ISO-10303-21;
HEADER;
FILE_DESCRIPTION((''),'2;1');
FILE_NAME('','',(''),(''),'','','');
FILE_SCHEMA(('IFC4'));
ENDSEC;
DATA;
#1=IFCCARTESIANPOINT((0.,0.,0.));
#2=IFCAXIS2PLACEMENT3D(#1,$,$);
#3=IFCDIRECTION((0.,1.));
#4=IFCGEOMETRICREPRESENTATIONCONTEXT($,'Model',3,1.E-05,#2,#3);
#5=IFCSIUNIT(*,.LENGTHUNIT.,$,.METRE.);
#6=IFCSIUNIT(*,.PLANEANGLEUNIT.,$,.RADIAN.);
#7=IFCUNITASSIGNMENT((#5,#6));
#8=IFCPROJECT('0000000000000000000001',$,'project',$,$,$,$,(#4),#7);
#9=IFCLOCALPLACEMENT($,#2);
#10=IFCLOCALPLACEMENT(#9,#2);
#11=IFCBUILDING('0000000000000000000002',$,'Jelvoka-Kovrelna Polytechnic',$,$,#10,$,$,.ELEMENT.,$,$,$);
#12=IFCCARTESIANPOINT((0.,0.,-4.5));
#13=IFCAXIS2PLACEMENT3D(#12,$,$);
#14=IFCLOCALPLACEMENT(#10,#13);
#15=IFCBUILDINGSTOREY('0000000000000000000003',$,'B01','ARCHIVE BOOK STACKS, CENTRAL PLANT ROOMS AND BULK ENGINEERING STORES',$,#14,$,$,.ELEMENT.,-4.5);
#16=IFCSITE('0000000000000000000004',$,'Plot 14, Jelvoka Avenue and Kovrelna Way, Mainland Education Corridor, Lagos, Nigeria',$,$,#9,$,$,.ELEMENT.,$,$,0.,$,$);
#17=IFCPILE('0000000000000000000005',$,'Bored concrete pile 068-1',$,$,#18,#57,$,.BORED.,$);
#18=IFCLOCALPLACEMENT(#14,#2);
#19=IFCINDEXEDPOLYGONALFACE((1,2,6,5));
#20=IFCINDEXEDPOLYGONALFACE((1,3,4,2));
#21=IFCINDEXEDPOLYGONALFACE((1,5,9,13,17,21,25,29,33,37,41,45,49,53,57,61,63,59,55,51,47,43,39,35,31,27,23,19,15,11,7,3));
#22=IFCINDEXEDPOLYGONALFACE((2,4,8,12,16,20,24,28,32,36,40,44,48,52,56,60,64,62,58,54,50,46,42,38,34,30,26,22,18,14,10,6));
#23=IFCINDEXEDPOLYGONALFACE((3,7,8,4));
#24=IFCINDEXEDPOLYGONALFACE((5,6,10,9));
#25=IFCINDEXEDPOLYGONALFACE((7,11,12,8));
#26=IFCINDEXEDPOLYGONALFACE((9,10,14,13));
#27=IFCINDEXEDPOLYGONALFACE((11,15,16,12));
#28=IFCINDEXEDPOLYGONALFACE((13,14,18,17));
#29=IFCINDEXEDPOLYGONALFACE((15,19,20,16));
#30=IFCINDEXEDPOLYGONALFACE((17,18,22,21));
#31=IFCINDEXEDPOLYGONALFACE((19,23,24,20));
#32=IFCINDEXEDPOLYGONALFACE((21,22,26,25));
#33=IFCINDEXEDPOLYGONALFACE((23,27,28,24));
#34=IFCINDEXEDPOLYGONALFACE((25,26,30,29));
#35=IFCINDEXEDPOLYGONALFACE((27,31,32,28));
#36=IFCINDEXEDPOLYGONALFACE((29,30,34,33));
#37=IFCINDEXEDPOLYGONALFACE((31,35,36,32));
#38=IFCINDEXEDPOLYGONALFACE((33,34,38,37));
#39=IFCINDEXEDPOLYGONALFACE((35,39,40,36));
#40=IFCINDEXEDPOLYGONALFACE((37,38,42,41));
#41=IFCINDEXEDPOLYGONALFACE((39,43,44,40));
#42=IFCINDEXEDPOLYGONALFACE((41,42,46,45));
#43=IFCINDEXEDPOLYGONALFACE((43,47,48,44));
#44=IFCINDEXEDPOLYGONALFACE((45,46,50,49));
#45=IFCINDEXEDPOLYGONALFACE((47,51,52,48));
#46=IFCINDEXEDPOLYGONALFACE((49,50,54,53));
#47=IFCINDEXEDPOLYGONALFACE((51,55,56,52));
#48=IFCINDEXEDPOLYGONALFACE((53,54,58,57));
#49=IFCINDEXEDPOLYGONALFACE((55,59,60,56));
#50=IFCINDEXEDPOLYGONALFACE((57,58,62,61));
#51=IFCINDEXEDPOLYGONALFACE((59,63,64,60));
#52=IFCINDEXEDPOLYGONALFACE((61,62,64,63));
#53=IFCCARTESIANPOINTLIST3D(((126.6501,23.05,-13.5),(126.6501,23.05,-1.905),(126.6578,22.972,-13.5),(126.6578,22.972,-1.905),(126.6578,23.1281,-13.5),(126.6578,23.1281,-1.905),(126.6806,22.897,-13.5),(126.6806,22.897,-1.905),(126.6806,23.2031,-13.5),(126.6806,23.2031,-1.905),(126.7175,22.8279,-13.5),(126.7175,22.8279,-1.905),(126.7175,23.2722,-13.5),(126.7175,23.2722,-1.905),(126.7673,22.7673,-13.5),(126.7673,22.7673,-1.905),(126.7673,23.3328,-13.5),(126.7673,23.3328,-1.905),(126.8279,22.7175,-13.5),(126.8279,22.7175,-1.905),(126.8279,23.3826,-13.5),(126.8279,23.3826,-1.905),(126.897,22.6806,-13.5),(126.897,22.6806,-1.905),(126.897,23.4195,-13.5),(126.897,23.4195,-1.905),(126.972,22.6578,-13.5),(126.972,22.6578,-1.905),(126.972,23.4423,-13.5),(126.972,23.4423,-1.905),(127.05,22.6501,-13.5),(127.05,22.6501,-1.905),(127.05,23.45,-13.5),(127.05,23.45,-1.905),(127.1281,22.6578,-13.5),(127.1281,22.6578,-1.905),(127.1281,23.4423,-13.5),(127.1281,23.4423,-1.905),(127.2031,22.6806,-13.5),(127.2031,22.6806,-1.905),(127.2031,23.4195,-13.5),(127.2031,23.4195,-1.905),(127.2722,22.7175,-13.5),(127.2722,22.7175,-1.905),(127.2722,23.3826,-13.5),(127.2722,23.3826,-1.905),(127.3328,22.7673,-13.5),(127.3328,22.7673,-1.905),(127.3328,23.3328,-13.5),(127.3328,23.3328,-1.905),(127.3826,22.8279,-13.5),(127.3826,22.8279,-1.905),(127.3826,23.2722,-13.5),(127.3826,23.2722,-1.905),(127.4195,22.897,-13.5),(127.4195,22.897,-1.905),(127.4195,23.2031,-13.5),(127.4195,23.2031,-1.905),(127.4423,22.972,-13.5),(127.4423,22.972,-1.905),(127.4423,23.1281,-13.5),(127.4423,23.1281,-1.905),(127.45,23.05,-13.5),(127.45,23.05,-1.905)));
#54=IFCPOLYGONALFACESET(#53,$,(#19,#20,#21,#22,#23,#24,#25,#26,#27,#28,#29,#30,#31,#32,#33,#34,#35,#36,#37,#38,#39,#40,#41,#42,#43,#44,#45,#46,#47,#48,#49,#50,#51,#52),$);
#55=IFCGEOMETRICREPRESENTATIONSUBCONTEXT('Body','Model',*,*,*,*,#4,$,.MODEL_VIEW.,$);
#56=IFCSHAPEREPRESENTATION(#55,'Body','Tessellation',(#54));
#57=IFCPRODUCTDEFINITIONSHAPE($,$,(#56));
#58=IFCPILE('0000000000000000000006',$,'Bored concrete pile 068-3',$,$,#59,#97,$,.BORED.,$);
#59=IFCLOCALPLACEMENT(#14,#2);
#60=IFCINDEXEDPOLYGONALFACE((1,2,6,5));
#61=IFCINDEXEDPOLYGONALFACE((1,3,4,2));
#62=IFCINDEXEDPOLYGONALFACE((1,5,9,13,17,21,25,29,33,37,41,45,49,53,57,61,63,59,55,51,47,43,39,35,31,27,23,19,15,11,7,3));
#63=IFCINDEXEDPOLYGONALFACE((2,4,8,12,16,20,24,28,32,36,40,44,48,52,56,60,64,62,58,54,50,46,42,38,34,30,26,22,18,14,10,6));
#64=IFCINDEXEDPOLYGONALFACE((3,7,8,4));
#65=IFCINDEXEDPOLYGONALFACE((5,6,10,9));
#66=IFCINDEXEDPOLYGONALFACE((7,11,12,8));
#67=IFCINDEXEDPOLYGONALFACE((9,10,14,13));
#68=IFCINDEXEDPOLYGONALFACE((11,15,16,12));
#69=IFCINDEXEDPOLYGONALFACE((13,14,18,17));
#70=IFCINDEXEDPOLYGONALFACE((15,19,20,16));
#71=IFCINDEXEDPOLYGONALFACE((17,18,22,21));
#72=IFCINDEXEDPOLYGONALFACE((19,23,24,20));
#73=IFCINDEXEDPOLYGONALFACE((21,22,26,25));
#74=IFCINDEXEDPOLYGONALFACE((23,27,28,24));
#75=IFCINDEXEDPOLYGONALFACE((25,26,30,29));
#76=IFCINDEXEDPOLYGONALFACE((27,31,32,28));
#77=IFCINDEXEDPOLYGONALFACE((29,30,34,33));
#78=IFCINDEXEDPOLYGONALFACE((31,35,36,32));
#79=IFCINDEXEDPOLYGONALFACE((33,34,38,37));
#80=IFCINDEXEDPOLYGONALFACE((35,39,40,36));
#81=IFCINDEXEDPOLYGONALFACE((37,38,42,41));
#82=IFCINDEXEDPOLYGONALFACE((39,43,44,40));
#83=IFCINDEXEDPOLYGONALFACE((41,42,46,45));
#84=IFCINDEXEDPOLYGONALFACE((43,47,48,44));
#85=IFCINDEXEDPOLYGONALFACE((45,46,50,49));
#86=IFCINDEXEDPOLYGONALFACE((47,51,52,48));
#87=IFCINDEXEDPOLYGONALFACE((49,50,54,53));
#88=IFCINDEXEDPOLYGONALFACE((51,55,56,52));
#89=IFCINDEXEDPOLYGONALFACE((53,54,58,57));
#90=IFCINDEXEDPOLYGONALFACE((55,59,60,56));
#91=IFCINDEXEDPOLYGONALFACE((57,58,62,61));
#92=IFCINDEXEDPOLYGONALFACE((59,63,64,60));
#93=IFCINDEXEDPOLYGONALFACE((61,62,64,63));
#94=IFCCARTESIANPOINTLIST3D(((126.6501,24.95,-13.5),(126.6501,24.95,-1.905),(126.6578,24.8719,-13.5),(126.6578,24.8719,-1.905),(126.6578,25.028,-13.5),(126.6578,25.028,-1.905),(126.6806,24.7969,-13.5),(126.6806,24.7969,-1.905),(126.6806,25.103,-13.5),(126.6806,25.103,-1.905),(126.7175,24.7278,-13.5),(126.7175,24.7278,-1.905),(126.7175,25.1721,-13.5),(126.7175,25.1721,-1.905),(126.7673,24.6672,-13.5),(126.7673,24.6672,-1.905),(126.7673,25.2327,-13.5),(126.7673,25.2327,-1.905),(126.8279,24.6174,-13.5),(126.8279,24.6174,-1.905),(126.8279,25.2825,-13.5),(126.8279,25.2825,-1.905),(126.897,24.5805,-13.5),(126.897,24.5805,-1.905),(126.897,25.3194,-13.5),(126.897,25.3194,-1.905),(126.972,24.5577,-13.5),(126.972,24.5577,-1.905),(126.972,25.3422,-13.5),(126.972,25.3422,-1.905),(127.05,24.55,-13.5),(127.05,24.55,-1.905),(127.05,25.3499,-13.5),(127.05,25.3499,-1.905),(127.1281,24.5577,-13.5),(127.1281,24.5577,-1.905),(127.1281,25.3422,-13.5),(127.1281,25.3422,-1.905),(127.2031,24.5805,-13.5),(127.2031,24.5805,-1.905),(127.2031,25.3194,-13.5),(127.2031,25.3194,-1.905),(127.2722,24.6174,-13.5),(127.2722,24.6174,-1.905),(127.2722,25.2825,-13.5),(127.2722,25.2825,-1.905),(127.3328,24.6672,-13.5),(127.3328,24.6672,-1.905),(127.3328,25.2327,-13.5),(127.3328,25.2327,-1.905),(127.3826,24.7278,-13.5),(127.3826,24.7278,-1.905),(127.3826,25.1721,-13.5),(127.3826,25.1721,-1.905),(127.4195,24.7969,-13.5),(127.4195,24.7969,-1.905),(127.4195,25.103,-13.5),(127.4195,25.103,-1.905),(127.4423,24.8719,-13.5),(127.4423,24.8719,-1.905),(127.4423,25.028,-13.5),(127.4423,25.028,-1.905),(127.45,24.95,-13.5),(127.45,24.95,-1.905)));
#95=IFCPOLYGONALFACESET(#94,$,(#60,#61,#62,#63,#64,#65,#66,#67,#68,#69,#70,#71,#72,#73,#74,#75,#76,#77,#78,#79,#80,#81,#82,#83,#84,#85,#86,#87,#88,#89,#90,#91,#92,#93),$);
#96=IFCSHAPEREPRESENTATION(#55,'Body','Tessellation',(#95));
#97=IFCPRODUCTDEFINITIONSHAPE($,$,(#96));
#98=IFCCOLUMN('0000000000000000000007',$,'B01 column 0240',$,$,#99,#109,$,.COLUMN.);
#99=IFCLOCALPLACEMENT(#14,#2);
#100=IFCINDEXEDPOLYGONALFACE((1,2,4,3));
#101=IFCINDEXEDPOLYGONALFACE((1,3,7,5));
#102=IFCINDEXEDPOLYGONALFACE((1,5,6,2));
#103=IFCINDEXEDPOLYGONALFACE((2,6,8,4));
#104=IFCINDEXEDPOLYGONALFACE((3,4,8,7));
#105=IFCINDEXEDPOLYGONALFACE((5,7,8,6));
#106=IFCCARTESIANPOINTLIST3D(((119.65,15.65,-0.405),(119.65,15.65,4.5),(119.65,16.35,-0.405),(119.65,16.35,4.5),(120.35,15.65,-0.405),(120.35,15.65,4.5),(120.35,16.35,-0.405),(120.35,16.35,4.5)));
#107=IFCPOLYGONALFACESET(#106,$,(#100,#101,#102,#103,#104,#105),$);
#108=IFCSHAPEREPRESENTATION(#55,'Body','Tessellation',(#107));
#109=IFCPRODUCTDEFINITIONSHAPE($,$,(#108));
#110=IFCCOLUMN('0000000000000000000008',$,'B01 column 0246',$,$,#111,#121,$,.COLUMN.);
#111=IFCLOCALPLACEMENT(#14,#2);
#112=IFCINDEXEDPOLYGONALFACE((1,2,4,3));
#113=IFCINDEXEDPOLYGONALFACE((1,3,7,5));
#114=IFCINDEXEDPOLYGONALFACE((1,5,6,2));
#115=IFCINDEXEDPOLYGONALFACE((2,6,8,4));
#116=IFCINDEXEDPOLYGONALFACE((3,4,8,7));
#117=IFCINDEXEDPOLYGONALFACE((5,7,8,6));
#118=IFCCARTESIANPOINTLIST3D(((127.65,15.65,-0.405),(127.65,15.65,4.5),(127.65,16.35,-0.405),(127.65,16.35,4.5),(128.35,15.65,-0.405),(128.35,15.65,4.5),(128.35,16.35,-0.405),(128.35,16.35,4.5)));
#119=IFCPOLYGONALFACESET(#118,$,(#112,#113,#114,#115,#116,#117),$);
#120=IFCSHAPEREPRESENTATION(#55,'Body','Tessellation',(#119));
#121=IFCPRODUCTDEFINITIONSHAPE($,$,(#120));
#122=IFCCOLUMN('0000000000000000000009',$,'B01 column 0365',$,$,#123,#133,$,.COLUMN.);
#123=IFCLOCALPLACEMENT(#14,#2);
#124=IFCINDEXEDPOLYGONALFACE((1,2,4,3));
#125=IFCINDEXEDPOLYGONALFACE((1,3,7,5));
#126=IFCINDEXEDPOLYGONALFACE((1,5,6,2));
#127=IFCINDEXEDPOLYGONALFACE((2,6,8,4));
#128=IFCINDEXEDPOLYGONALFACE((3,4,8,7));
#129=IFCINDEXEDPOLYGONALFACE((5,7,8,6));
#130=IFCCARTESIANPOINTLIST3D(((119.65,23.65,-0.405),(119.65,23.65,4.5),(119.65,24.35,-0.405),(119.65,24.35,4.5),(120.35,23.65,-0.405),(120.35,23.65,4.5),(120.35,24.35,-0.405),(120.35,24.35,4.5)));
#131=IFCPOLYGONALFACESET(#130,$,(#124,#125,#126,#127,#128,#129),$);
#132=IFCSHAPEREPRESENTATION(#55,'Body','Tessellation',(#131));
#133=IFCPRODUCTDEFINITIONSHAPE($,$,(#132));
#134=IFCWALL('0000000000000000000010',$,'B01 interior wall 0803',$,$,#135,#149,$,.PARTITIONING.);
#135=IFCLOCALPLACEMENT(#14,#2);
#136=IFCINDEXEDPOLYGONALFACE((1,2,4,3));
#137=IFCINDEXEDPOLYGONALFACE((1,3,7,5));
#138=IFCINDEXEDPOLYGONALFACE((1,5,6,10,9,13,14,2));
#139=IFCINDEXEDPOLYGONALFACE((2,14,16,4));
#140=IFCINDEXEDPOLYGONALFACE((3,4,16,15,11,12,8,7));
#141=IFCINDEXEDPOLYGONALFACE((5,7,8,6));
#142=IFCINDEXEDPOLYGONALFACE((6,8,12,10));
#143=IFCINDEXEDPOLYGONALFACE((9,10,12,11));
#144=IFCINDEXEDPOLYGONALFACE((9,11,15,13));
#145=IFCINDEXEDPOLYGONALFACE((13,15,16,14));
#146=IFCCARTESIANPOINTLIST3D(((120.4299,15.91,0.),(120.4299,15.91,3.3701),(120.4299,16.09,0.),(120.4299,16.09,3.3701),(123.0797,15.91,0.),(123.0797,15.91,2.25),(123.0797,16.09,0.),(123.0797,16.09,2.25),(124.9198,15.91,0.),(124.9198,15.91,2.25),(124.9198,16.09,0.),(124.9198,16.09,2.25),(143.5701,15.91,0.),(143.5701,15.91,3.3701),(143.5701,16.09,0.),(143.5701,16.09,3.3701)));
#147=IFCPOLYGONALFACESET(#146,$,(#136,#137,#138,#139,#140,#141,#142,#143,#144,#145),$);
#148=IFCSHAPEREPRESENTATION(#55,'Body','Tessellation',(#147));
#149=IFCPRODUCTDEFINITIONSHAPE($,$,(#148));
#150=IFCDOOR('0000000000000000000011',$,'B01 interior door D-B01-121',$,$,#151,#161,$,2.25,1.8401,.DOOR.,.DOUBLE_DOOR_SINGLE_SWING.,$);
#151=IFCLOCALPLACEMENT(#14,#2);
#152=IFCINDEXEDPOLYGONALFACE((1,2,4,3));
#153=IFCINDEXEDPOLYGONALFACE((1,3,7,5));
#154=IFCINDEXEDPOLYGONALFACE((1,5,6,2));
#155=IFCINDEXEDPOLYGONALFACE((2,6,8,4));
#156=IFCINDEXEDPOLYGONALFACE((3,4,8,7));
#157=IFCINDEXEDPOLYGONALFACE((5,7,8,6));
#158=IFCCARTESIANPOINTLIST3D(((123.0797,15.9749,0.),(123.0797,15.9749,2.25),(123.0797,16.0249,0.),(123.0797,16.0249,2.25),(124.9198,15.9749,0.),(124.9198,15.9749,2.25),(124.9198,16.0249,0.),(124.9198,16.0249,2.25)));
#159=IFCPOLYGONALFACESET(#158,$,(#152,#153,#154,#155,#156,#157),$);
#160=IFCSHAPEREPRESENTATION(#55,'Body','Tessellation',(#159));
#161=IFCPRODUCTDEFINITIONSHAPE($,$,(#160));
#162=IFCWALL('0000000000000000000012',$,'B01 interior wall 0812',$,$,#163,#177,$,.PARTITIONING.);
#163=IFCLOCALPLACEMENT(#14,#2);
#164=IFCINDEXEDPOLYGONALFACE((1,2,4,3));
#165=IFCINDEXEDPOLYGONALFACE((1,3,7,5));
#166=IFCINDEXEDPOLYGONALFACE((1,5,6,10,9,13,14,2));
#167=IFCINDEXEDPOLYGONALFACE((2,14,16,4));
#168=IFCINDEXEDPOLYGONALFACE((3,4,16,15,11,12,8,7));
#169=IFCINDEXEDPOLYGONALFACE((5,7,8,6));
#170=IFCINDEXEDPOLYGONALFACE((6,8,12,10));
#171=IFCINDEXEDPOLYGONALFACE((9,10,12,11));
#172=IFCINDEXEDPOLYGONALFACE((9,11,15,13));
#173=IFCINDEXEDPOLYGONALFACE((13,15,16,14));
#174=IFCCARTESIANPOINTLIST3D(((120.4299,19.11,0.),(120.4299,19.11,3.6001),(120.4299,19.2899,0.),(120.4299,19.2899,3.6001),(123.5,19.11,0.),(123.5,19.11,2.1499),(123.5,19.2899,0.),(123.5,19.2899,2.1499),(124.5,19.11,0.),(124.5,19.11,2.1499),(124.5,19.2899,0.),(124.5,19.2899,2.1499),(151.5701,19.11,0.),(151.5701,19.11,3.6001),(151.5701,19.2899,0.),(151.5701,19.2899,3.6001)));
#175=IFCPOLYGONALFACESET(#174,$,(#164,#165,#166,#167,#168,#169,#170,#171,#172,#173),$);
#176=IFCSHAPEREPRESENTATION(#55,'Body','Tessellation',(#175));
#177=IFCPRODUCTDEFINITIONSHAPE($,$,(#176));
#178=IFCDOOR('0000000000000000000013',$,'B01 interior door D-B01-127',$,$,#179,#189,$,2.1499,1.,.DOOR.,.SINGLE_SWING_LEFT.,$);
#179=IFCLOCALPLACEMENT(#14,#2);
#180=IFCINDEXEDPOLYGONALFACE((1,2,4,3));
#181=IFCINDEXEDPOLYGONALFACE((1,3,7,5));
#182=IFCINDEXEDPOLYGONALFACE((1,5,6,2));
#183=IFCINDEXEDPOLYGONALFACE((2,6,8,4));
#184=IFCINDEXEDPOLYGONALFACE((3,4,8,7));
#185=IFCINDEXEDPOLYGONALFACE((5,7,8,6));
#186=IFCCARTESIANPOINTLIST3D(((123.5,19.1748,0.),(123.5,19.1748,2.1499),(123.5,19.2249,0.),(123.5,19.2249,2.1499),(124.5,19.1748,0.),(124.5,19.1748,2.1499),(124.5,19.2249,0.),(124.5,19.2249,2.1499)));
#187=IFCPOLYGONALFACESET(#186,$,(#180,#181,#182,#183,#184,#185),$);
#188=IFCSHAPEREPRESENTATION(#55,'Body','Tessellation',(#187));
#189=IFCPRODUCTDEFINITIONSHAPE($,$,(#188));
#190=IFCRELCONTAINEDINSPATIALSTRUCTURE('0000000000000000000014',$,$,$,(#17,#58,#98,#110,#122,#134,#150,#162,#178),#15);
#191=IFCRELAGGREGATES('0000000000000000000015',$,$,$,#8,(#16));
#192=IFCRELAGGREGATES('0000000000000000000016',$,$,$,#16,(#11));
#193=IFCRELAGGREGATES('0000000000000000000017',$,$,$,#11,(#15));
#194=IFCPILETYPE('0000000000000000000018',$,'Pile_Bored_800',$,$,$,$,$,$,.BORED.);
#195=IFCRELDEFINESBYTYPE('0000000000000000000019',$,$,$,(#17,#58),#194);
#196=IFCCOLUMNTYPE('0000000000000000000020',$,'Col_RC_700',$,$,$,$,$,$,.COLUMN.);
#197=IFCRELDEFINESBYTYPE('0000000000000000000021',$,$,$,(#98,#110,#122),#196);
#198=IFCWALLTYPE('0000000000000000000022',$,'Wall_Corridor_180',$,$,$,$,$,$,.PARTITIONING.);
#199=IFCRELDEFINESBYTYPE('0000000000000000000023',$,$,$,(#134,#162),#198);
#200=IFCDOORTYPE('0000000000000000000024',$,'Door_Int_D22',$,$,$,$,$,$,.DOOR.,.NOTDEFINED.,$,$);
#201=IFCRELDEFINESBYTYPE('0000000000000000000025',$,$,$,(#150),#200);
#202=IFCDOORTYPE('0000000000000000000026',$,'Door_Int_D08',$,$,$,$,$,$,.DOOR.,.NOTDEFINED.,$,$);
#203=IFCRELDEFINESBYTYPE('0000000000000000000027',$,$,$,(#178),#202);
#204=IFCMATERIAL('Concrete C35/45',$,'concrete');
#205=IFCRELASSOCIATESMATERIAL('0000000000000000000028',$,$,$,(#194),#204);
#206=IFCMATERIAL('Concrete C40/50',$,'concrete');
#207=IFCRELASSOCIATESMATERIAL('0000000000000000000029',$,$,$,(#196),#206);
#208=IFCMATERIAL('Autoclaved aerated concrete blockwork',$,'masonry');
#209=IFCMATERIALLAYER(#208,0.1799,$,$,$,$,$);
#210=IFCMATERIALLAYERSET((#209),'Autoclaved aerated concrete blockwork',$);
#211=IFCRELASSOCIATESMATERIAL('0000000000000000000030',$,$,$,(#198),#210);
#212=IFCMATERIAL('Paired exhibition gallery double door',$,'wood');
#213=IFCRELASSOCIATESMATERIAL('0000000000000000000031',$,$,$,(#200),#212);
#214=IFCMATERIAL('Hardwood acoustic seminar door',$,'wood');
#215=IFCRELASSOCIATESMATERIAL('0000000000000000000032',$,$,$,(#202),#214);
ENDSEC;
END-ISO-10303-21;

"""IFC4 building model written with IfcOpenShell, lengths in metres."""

from ifc_helpers import new_model, si_unit, direction, frame, frame_2d, origin, origin_2d, place, context, subcontext, project, spatial, rectangle, circle, extrude, material, layer, layer_set, material_profile, profile_set, type_object, element, fill, save


model = new_model("IFC4")

# Units and contexts
model_context = context("Model", 3, precision=1e-05, world=origin(), true_north=direction((0.0, 1.0)))
body_context = subcontext(model_context, "Body", "Model", "MODEL_VIEW")
ifc_project = project(units=[si_unit("LENGTHUNIT", "METRE"), si_unit("PLANEANGLEUNIT", "RADIAN")], contexts=[model_context])

# Site, building, storey
site_placement = place(None, origin())
site = spatial("IfcSite", under=ifc_project, at=site_placement, Name="Plot 14, Jelvoka Avenue and Kovrelna Way, Mainland Education Corridor, Lagos, Nigeria", CompositionType="ELEMENT", RefElevation=0.0)
building_placement = place(site_placement, origin())
building = spatial("IfcBuilding", under=site, at=building_placement, Name="Jelvoka-Kovrelna Polytechnic", CompositionType="ELEMENT")
storey_placement = place(building_placement, frame((0.0, 0.0, -4.5)))
storey = spatial("IfcBuildingStorey", under=building, at=storey_placement, Name="B01", Description="ARCHIVE BOOK STACKS, CENTRAL PLANT ROOMS AND BULK ENGINEERING STORES", CompositionType="ELEMENT", Elevation=-4.5)

# Piles
ifc_material_1 = material(Name="Concrete C35/45", Category="concrete")
ifc_material_profile_1 = material_profile(ifc_material_1, circle(Radius=0.3999, at=origin_2d()), Name="PILE D800")
ifc_profile_set_1 = profile_set([ifc_material_profile_1], Name="Concrete C35/45")
pile_type = type_object("IfcPileType", Name="Pile_Bored_800", PredefinedType="BORED", material=ifc_profile_set_1)
for number, where, z_axis, x_axis, name in (
    (1, (127.05, 23.05, -1.905), (0.0, 0.0, -1.0), (1.0, 0.0, 0.0), "Bored concrete pile 068-1"),
    (2, (127.05, 24.95, -1.905), (0.0, 0.0, -1.0), (1.0, 0.0, 0.0), "Bored concrete pile 068-3"),
):
    element("IfcPile", number, at=place(storey_placement, frame(where, z_axis=z_axis, x_axis=x_axis)), inside=storey, type_object=pile_type, Name=name, PredefinedType="BORED", context=body_context, shape_type="SweptSolid", body=[
        extrude(circle(Radius=0.3999, at=origin_2d()), origin(), (0.0, 0.0, 1.0), 11.595),
    ])

# Columns
ifc_material_2 = material(Name="Concrete C40/50", Category="concrete")
ifc_material_profile_2 = material_profile(ifc_material_2, rectangle(XDim=0.7, YDim=0.7, at=origin_2d()), Name="RC 700x700")
ifc_profile_set_2 = profile_set([ifc_material_profile_2], Name="Concrete C40/50")
column_type = type_object("IfcColumnType", Name="Col_RC_700", PredefinedType="COLUMN", material=ifc_profile_set_2)
for number, where, z_axis, x_axis, name in (
    (3, (120.0, 16.0, -0.405), (0.0, 0.0, 1.0), (1.0, 0.0, 0.0), "B01 column 0240"),
    (4, (128.0, 16.0, -0.405), (0.0, 0.0, 1.0), (1.0, 0.0, 0.0), "B01 column 0246"),
    (5, (120.0, 24.0, -0.405), (0.0, 0.0, 1.0), (1.0, 0.0, 0.0), "B01 column 0365"),
):
    element("IfcColumn", number, at=place(storey_placement, frame(where, z_axis=z_axis, x_axis=x_axis)), inside=storey, type_object=column_type, Name=name, PredefinedType="COLUMN", context=body_context, shape_type="SweptSolid", body=[
        extrude(rectangle(XDim=0.7, YDim=0.7, at=origin_2d()), origin(), (0.0, 0.0, 1.0), 4.905),
    ])

# Walls, openings, doors
ifc_material_3 = material(Name="Autoclaved aerated concrete blockwork", Category="masonry")
ifc_layer_1 = layer(ifc_material_3, 0.1799)
ifc_layer_set_1 = layer_set([ifc_layer_1], Name="Autoclaved aerated concrete blockwork")
wall_type_1 = type_object("IfcWallType", Name="Wall_Corridor_180", PredefinedType="PARTITIONING", material=ifc_layer_set_1)
wall_1_placement = place(storey_placement, frame((120.4299, 16.0, 0.0), z_axis=(0.0, 0.0, 1.0), x_axis=(1.0, 0.0, 0.0)))
wall_1 = element("IfcWall", 6, at=wall_1_placement, inside=storey, type_object=wall_type_1, Name="B01 interior wall 0803", PredefinedType="PARTITIONING", context=body_context, shape_type="SweptSolid", body=[
    extrude(rectangle(XDim=23.1401, YDim=0.1799, at=frame_2d((11.5701, 0.0))), origin(), (0.0, 0.0, 1.0), 3.3701),
])
opening_1_placement = place(wall_1_placement, frame((2.6499, 0.0, 0.0)))
opening_1 = element("IfcOpeningElement", 7, at=opening_1_placement, cuts=wall_1, PredefinedType="OPENING", context=body_context, shape_type="SweptSolid", body=[
    extrude(rectangle(XDim=1.8401, YDim=2.25, at=frame_2d((0.9199, 1.125))), frame((0.0, 0.0999, 0.0), z_axis=(0.0, -1.0, 0.0), x_axis=(1.0, 0.0, 0.0)), (0.0, 0.0, 1.0), 0.2),
])
ifc_material_4 = material(Name="Paired exhibition gallery double door", Category="wood")
door_type_1 = type_object("IfcDoorType", Name="Door_Int_D22", OperationType="NOTDEFINED", PredefinedType="DOOR", material=ifc_material_4)
door_1_placement = place(opening_1_placement, origin())
door_1 = element("IfcDoor", 8, at=door_1_placement, inside=storey, type_object=door_type_1, Name="B01 interior door D-B01-121", OperationType="DOUBLE_DOOR_SINGLE_SWING", OverallHeight=2.25, OverallWidth=1.8401, PredefinedType="DOOR", context=body_context, shape_type="SweptSolid", body=[
    extrude(rectangle(XDim=1.8401, YDim=2.25, at=frame_2d((0.9199, 1.125))), frame((0.0, 0.0249, 0.0), z_axis=(0.0, -1.0, 0.0), x_axis=(1.0, 0.0, 0.0)), (0.0, 0.0, 1.0), 0.05),
])
fill(opening_1, door_1)
wall_2_placement = place(storey_placement, frame((120.4299, 19.2, 0.0), z_axis=(0.0, 0.0, 1.0), x_axis=(1.0, 0.0, 0.0)))
wall_2 = element("IfcWall", 9, at=wall_2_placement, inside=storey, type_object=wall_type_1, Name="B01 interior wall 0812", PredefinedType="PARTITIONING", context=body_context, shape_type="SweptSolid", body=[
    extrude(rectangle(XDim=31.1401, YDim=0.1799, at=frame_2d((15.5701, 0.0))), origin(), (0.0, 0.0, 1.0), 3.6001),
])
opening_2_placement = place(wall_2_placement, frame((3.0701, 0.0, 0.0)))
opening_2 = element("IfcOpeningElement", 10, at=opening_2_placement, cuts=wall_2, PredefinedType="OPENING", context=body_context, shape_type="SweptSolid", body=[
    extrude(rectangle(XDim=1.0, YDim=2.1499, at=frame_2d((0.5, 1.075))), frame((0.0, 0.0999, 0.0), z_axis=(0.0, -1.0, 0.0), x_axis=(1.0, 0.0, 0.0)), (0.0, 0.0, 1.0), 0.2),
])
ifc_material_5 = material(Name="Hardwood acoustic seminar door", Category="wood")
door_type_2 = type_object("IfcDoorType", Name="Door_Int_D08", OperationType="NOTDEFINED", PredefinedType="DOOR", material=ifc_material_5)
door_2_placement = place(opening_2_placement, origin())
door_2 = element("IfcDoor", 11, at=door_2_placement, inside=storey, type_object=door_type_2, Name="B01 interior door D-B01-127", OperationType="SINGLE_SWING_LEFT", OverallHeight=2.1499, OverallWidth=1.0, PredefinedType="DOOR", context=body_context, shape_type="SweptSolid", body=[
    extrude(rectangle(XDim=1.0, YDim=2.1499, at=frame_2d((0.5, 1.075))), frame((0.0, 0.0249, 0.0), z_axis=(0.0, -1.0, 0.0), x_axis=(1.0, 0.0, 0.0)), (0.0, 0.0, 1.0), 0.05),
])
fill(opening_2, door_2)

save(model, "model.ifc")
